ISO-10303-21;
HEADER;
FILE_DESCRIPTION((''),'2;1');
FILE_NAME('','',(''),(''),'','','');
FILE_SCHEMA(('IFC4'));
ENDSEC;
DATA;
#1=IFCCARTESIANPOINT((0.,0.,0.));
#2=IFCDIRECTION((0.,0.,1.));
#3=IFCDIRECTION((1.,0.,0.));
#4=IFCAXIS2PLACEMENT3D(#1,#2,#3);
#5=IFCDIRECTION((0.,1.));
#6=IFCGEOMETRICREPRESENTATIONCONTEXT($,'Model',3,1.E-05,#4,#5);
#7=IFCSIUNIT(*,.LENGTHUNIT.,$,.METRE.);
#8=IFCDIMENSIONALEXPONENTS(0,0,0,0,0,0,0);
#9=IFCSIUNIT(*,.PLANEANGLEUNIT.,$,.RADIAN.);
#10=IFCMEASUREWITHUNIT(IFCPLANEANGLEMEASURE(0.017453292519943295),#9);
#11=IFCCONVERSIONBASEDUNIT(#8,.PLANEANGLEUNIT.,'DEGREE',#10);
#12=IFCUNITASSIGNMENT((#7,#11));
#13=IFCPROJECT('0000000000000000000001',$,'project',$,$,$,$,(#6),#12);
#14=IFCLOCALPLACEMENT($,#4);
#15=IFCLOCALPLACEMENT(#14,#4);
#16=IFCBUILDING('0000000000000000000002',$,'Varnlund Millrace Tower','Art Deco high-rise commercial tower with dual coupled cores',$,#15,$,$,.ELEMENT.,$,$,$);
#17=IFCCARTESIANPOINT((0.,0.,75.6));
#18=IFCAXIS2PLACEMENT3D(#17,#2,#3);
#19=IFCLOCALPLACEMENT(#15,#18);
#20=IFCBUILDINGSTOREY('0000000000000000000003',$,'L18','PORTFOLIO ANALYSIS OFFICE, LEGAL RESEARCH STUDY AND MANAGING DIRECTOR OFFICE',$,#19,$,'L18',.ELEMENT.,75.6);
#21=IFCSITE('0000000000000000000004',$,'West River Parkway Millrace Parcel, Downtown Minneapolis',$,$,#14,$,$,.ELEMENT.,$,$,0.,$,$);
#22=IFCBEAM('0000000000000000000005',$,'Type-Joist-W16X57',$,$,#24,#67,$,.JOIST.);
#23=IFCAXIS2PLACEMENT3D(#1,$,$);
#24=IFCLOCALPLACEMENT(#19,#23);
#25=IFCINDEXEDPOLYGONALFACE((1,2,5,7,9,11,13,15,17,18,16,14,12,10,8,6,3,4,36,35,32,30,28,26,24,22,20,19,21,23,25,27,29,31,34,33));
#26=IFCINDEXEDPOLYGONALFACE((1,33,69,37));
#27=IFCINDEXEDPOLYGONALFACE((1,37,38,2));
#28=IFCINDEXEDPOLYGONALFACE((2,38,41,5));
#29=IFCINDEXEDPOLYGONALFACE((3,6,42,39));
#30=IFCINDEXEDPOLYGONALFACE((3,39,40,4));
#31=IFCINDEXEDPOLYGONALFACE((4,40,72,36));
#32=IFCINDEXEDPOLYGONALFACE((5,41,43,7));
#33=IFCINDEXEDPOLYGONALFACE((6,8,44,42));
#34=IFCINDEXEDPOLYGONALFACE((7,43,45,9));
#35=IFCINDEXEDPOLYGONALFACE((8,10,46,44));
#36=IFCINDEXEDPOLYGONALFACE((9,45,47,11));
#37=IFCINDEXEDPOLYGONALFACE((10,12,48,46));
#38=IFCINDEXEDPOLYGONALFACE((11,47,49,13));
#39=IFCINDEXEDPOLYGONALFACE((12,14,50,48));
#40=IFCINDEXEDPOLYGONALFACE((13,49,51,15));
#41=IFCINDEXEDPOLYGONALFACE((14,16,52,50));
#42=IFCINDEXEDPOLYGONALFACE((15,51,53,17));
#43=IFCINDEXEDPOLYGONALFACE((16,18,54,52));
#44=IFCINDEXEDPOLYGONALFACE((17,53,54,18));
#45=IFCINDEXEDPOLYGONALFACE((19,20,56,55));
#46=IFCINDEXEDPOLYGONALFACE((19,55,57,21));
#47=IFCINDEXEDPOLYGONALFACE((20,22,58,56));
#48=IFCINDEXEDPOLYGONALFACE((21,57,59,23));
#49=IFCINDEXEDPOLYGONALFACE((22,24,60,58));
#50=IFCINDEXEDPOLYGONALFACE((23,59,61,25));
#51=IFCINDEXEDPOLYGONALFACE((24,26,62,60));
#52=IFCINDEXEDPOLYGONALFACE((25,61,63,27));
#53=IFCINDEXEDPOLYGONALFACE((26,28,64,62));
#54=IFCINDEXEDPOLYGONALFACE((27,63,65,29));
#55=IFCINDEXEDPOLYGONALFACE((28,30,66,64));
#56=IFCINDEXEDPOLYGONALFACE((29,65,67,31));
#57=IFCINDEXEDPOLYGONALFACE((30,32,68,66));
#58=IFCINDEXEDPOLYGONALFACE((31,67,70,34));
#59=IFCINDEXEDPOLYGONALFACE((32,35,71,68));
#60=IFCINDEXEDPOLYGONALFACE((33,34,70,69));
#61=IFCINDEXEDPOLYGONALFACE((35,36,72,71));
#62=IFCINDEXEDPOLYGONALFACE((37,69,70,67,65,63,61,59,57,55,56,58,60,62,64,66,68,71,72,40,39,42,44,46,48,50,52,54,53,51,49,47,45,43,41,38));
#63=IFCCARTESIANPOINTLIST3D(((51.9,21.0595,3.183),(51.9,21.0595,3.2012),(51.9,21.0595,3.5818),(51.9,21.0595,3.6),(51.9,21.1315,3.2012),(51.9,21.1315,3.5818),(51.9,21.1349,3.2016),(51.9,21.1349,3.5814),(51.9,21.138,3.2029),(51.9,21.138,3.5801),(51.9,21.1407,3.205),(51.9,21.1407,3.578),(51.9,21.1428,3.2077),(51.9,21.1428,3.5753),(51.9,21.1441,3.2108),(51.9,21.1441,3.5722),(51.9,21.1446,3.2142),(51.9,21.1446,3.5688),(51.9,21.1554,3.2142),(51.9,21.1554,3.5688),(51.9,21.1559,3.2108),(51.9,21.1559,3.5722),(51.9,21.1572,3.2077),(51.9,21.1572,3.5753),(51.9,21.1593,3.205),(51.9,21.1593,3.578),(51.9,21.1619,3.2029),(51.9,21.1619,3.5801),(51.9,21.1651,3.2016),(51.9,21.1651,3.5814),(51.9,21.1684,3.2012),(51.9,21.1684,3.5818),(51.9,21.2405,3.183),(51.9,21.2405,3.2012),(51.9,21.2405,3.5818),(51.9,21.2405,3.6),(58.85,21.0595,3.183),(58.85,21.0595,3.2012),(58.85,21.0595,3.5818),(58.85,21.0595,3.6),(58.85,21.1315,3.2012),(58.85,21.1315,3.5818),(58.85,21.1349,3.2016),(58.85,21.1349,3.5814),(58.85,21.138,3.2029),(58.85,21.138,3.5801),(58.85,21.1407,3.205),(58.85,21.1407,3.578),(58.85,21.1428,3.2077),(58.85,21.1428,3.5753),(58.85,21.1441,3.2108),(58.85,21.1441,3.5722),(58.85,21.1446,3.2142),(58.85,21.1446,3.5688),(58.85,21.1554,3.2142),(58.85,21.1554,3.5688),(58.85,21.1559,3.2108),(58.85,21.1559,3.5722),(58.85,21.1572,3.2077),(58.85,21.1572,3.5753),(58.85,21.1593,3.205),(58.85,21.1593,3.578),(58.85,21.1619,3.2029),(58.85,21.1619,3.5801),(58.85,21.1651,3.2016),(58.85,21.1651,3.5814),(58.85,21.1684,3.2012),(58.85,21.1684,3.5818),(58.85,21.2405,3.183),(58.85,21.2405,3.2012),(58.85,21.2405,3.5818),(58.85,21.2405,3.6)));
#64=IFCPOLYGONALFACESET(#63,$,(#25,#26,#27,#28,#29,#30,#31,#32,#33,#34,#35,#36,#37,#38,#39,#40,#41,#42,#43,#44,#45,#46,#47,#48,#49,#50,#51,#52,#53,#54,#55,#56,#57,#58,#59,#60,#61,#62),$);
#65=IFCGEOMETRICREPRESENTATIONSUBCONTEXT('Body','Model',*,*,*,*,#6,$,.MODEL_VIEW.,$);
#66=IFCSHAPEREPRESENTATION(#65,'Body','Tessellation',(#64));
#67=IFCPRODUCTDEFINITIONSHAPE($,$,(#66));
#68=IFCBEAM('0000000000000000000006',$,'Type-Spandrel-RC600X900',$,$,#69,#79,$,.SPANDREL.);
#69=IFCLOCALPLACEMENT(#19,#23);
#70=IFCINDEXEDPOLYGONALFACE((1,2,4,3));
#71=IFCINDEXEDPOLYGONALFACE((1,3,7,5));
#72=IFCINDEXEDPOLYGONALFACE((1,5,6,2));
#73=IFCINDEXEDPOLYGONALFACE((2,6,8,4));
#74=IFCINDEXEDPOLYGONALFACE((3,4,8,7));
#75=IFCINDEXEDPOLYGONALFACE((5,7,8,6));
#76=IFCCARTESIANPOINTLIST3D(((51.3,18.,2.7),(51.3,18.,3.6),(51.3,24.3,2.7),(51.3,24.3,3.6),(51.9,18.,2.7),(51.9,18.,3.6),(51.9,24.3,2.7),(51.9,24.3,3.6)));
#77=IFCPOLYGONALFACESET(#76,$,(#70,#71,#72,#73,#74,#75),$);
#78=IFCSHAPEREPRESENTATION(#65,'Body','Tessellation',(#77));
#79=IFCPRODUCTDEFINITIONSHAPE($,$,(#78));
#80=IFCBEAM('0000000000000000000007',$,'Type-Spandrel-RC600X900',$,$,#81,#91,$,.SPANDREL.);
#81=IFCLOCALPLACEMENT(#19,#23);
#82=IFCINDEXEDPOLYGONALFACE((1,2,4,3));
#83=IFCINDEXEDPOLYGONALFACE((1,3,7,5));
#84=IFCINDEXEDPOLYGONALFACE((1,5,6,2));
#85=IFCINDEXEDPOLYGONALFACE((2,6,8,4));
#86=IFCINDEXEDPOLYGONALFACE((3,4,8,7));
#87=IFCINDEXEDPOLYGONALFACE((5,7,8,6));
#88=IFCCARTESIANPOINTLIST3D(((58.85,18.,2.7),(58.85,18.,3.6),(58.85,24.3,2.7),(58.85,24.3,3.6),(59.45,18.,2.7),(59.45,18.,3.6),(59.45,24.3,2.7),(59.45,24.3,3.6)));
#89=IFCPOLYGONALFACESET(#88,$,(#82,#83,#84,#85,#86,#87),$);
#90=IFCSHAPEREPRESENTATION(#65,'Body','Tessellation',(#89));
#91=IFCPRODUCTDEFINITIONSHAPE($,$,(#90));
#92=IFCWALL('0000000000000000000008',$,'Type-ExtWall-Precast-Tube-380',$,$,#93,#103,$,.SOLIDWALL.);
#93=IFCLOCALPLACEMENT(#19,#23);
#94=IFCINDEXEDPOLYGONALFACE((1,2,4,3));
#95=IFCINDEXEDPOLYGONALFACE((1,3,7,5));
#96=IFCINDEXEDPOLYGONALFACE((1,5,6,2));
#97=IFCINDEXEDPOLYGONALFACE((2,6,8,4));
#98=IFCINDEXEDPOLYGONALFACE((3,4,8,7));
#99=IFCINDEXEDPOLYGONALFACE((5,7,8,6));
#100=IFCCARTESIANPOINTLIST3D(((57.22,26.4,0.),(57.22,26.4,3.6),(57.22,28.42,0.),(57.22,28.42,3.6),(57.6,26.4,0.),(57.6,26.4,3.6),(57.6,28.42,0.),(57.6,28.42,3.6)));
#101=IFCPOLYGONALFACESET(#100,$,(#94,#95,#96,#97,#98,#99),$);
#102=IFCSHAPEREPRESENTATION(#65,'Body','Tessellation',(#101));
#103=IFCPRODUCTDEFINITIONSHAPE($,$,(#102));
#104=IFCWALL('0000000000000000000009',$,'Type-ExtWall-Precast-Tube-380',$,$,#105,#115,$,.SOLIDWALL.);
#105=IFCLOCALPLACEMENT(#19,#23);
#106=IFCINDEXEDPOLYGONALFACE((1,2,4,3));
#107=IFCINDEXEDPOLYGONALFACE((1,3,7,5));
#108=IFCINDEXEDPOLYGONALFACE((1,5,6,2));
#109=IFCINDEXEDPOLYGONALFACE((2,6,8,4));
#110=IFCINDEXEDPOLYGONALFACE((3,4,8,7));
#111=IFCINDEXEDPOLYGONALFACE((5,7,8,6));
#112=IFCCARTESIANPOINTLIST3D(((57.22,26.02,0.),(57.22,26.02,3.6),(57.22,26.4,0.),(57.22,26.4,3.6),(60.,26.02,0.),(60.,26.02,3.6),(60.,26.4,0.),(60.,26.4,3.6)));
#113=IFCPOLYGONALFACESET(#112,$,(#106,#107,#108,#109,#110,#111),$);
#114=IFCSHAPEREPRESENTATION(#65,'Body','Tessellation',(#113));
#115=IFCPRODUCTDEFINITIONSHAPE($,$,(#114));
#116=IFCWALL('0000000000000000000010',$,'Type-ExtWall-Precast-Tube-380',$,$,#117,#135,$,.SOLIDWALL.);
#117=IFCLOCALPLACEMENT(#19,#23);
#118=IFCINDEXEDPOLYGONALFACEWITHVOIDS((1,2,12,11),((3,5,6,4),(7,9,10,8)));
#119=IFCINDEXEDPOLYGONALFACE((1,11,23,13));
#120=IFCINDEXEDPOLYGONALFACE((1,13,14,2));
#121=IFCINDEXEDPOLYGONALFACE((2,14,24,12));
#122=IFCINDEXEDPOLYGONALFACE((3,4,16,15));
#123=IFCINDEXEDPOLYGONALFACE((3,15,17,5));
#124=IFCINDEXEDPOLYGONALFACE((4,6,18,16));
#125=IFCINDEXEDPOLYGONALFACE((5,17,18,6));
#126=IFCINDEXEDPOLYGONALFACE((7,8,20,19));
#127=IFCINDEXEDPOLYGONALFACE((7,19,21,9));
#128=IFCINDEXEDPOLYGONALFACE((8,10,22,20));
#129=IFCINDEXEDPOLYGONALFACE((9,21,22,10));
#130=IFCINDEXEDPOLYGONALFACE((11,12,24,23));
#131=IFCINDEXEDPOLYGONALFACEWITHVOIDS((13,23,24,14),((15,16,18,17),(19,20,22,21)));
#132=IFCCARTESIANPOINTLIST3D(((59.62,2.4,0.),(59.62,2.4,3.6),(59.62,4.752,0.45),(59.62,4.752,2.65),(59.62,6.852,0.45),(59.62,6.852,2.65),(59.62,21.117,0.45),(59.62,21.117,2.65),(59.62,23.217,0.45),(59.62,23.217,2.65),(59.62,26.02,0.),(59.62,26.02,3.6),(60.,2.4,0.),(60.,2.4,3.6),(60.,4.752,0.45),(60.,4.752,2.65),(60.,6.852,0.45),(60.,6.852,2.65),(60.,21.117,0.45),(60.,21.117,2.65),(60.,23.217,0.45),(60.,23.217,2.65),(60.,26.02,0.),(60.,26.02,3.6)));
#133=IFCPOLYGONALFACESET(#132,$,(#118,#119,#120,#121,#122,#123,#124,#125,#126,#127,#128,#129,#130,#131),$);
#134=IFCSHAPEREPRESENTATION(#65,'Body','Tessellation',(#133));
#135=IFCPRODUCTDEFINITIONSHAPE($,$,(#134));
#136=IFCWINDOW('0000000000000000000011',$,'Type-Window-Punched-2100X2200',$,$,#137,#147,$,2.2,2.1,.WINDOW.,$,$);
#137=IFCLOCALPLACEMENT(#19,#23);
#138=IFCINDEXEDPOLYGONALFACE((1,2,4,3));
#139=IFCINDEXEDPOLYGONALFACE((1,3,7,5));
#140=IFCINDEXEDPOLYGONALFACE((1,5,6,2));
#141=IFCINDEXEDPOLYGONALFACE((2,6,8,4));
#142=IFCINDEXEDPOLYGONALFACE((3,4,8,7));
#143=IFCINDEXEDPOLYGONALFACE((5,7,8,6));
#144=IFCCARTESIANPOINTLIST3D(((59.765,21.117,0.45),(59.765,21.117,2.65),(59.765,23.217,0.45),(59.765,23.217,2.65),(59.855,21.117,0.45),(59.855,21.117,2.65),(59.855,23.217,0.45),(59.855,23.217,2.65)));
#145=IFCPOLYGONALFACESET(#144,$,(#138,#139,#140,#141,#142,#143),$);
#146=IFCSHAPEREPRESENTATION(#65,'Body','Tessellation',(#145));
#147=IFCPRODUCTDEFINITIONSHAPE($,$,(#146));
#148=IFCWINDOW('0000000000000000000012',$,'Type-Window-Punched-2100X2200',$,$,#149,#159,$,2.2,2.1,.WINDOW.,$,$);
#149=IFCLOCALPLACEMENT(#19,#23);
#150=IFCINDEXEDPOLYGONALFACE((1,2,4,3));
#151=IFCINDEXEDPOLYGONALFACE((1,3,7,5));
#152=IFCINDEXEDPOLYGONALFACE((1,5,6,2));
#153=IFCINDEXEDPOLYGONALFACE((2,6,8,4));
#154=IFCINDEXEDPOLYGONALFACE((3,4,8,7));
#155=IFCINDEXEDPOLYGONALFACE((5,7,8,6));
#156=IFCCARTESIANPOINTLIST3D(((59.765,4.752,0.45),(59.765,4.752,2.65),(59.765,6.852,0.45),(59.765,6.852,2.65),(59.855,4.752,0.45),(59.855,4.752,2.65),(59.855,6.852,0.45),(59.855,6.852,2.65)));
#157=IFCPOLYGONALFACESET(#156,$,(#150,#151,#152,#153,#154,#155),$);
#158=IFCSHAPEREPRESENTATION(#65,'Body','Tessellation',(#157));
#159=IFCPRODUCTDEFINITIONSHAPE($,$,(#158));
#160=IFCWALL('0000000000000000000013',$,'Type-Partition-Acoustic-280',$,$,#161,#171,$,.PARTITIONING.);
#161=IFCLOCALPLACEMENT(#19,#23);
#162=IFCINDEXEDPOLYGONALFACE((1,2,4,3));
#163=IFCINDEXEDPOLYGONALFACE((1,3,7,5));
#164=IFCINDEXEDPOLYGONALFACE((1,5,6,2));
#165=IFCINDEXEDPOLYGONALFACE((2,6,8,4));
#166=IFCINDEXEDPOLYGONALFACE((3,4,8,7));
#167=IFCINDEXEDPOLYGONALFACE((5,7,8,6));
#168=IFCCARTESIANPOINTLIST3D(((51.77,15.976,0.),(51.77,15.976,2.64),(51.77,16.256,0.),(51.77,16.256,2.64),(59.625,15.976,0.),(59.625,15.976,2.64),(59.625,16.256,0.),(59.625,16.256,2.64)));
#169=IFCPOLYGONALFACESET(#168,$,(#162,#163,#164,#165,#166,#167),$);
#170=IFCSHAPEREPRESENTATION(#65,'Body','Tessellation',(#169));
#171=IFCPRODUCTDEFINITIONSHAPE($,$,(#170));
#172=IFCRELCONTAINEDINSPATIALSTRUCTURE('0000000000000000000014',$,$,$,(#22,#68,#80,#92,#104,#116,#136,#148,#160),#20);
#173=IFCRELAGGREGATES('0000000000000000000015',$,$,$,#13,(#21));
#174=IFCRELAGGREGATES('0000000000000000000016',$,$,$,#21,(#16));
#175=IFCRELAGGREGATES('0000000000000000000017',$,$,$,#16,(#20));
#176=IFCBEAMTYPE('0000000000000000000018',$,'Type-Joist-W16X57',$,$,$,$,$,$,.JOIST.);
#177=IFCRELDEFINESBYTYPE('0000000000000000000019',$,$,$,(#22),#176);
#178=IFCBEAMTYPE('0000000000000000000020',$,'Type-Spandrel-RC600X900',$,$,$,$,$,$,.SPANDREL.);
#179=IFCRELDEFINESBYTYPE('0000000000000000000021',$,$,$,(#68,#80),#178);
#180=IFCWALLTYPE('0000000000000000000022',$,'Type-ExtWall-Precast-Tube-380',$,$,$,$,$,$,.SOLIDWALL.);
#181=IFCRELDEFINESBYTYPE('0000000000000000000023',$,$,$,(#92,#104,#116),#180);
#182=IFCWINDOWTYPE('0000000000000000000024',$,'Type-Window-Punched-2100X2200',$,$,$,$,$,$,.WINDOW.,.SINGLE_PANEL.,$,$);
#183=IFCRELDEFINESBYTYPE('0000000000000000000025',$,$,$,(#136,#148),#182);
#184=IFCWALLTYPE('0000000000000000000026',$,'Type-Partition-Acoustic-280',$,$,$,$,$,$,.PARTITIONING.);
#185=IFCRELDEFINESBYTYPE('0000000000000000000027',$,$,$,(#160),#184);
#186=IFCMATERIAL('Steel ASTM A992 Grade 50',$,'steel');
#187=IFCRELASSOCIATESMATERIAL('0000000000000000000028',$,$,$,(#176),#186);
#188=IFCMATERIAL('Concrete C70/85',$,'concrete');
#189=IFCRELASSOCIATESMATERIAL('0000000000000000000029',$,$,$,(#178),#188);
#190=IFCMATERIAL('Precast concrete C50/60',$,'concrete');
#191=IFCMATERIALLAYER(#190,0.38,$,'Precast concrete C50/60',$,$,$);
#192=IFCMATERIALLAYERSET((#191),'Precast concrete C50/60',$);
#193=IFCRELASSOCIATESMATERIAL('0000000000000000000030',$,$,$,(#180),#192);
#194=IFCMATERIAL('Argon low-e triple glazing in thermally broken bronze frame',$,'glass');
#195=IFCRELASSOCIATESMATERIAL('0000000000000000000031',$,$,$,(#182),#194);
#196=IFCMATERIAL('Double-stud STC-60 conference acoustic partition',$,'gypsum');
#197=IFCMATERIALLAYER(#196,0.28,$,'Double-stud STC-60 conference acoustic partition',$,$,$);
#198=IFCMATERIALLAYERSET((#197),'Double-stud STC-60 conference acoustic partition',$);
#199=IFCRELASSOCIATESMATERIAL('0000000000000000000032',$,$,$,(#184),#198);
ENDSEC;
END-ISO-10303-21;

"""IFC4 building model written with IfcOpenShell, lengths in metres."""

from ifc_helpers import new_model, entity, si_unit, converted_unit, direction, frame, origin_with_axes, origin_2d_with_axis, place, context, subcontext, project, spatial, polyline, rectangle, i_section, outline, extrude, material, layer, layer_set, material_profile, profile_set, type_object, element, fill, save


model = new_model("IFC4")

# Units and contexts
model_context = context("Model", 3, precision=1e-05, world=origin_with_axes(), true_north=direction((0.0, 1.0)))
body_context = subcontext(model_context, "Body", "Model", "MODEL_VIEW")
ifc_project = project(units=[si_unit("LENGTHUNIT", "METRE"), converted_unit("PLANEANGLEUNIT", "DEGREE", entity("IfcPlaneAngleMeasure", 0.017453292519943295), si_unit("PLANEANGLEUNIT", "RADIAN"), dimensions=[0, 0, 0, 0, 0, 0, 0])], contexts=[model_context])

# Site, building, storey
site_placement = place(None, origin_with_axes())
site = spatial("IfcSite", under=ifc_project, at=site_placement, Name="West River Parkway Millrace Parcel, Downtown Minneapolis", CompositionType="ELEMENT", RefElevation=0.0)
building_placement = place(site_placement, origin_with_axes())
building = spatial("IfcBuilding", under=site, at=building_placement, Name="Varnlund Millrace Tower", Description="Art Deco high-rise commercial tower with dual coupled cores", CompositionType="ELEMENT")
storey_placement = place(building_placement, frame((0.0, 0.0, 75.6), z_axis=(0.0, 0.0, 1.0), x_axis=(1.0, 0.0, 0.0)))
storey = spatial("IfcBuildingStorey", under=building, at=storey_placement, Name="L18", Description="PORTFOLIO ANALYSIS OFFICE, LEGAL RESEARCH STUDY AND MANAGING DIRECTOR OFFICE", LongName="L18", CompositionType="ELEMENT", Elevation=75.6)

# Beams
ifc_material_1 = material(Name="Steel ASTM A992 Grade 50", Category="steel")
ifc_material_profile_1 = material_profile(ifc_material_1, i_section(OverallWidth=0.181, OverallDepth=0.417, WebThickness=0.0109, FlangeThickness=0.0182, FilletRadius=0.013, at=origin_2d_with_axis()), Name="Steel ASTM A992 Grade 50")
ifc_profile_set_1 = profile_set([ifc_material_profile_1], Name="Steel ASTM A992 Grade 50")
beam_type_1 = type_object("IfcBeamType", Name="Type-Joist-W16X57", PredefinedType="JOIST", material=ifc_profile_set_1)
for number, where, z_axis, x_axis, name in (
    (1, (51.9, 21.15, 3.3915), (1.0, 0.0, 0.0), (0.0, 1.0, 0.0), "Type-Joist-W16X57"),
):
    element("IfcBeam", number, at=place(storey_placement, frame(where, z_axis=z_axis, x_axis=x_axis)), inside=storey, type_object=beam_type_1, Name=name, PredefinedType="JOIST", context=body_context, shape_type="SweptSolid", body=[
        extrude(i_section(OverallWidth=0.181, OverallDepth=0.417, WebThickness=0.0109, FlangeThickness=0.0182, FilletRadius=0.013, at=origin_2d_with_axis()), origin_with_axes(), (0.0, 0.0, 1.0), 6.95),
    ])
ifc_material_2 = material(Name="Concrete C70/85", Category="concrete")
ifc_material_profile_2 = material_profile(ifc_material_2, rectangle(XDim=0.6, YDim=0.9, at=origin_2d_with_axis()), Name="Concrete C70/85")
ifc_profile_set_2 = profile_set([ifc_material_profile_2], Name="Concrete C70/85")
beam_type_2 = type_object("IfcBeamType", Name="Type-Spandrel-RC600X900", PredefinedType="SPANDREL", material=ifc_profile_set_2)
for number, where, z_axis, x_axis, name in (
    (2, (51.6, 18.0, 3.15), (0.0, 1.0, 0.0), (-1.0, 0.0, 0.0), "Type-Spandrel-RC600X900"),
    (3, (59.15, 18.0, 3.15), (0.0, 1.0, 0.0), (-1.0, 0.0, 0.0), "Type-Spandrel-RC600X900"),
):
    element("IfcBeam", number, at=place(storey_placement, frame(where, z_axis=z_axis, x_axis=x_axis)), inside=storey, type_object=beam_type_2, Name=name, PredefinedType="SPANDREL", context=body_context, shape_type="SweptSolid", body=[
        extrude(rectangle(XDim=0.6, YDim=0.9, at=origin_2d_with_axis()), origin_with_axes(), (0.0, 0.0, 1.0), 6.3),
    ])

# Walls
ifc_material_3 = material(Name="Precast concrete C50/60", Category="concrete")
ifc_layer_1 = layer(ifc_material_3, 0.38, Name="Precast concrete C50/60")
ifc_layer_set_1 = layer_set([ifc_layer_1], Name="Precast concrete C50/60")
wall_type_1 = type_object("IfcWallType", Name="Type-ExtWall-Precast-Tube-380", PredefinedType="SOLIDWALL", material=ifc_layer_set_1)
wall_1_placement = place(storey_placement, frame((57.41, 28.42, 0.0), z_axis=(0.0, 0.0, 1.0), x_axis=(0.0, -1.0, 0.0)))
element("IfcWall", 4, at=wall_1_placement, inside=storey, type_object=wall_type_1, Name="Type-ExtWall-Precast-Tube-380", PredefinedType="SOLIDWALL", context=body_context, shape_type="SweptSolid", body=[
    extrude(outline(polyline([(0.0, -0.19), (2.02, -0.19), (2.02, 0.19), (0.0, 0.19), (0.0, -0.19)])), origin_with_axes(), (0.0, 0.0, 1.0), 3.6),
])
wall_2_placement = place(storey_placement, frame((57.22, 26.21, 0.0), z_axis=(0.0, 0.0, 1.0), x_axis=(1.0, 0.0, 0.0)))
element("IfcWall", 5, at=wall_2_placement, inside=storey, type_object=wall_type_1, Name="Type-ExtWall-Precast-Tube-380", PredefinedType="SOLIDWALL", context=body_context, shape_type="SweptSolid", body=[
    extrude(outline(polyline([(0.0, -0.19), (2.78, -0.19), (2.78, 0.19), (0.0, 0.19), (0.0, -0.19)])), origin_with_axes(), (0.0, 0.0, 1.0), 3.6),
])

# Wall, openings, windows
wall_3_placement = place(storey_placement, frame((59.81, 26.02, 0.0), z_axis=(0.0, 0.0, 1.0), x_axis=(0.0, -1.0, 0.0)))
wall_3 = element("IfcWall", 6, at=wall_3_placement, inside=storey, type_object=wall_type_1, Name="Type-ExtWall-Precast-Tube-380", PredefinedType="SOLIDWALL", context=body_context, shape_type="SweptSolid", body=[
    extrude(outline(polyline([(0.0, -0.19), (23.62, -0.19), (23.62, 0.19), (0.0, 0.19), (0.0, -0.19)])), origin_with_axes(), (0.0, 0.0, 1.0), 3.6),
])
opening_1_placement = place(wall_3_placement, frame((3.853, 0.0, 0.45), z_axis=(0.0, 0.0, 1.0), x_axis=(1.0, 0.0, 0.0)))
opening_1 = element("IfcOpeningElement", 7, at=opening_1_placement, cuts=wall_3, PredefinedType="OPENING", context=body_context, shape_type="SweptSolid", body=[
    extrude(rectangle(XDim=2.1, YDim=0.4, at=origin_2d_with_axis()), origin_with_axes(), (0.0, 0.0, 1.0), 2.2),
])
opening_2_placement = place(wall_3_placement, frame((20.218, 0.0, 0.45), z_axis=(0.0, 0.0, 1.0), x_axis=(1.0, 0.0, 0.0)))
opening_2 = element("IfcOpeningElement", 8, at=opening_2_placement, cuts=wall_3, PredefinedType="OPENING", context=body_context, shape_type="SweptSolid", body=[
    extrude(rectangle(XDim=2.1, YDim=0.4, at=origin_2d_with_axis()), origin_with_axes(), (0.0, 0.0, 1.0), 2.2),
])
ifc_material_4 = material(Name="Argon low-e triple glazing in thermally broken bronze frame", Category="glass")
window_type = type_object("IfcWindowType", Name="Type-Window-Punched-2100X2200", PartitioningType="SINGLE_PANEL", PredefinedType="WINDOW", material=ifc_material_4)
window_1_placement = place(wall_3_placement, frame((3.853, 0.0, 0.45), z_axis=(0.0, 0.0, 1.0), x_axis=(1.0, 0.0, 0.0)))
window_1 = element("IfcWindow", 9, at=window_1_placement, inside=storey, type_object=window_type, Name="Type-Window-Punched-2100X2200", OverallHeight=2.2, OverallWidth=2.1, PredefinedType="WINDOW", context=body_context, shape_type="SweptSolid", body=[
    extrude(rectangle(XDim=2.1, YDim=0.09, at=origin_2d_with_axis()), origin_with_axes(), (0.0, 0.0, 1.0), 2.2),
])
fill(opening_1, window_1)
window_2_placement = place(wall_3_placement, frame((20.218, 0.0, 0.45), z_axis=(0.0, 0.0, 1.0), x_axis=(1.0, 0.0, 0.0)))
window_2 = element("IfcWindow", 10, at=window_2_placement, inside=storey, type_object=window_type, Name="Type-Window-Punched-2100X2200", OverallHeight=2.2, OverallWidth=2.1, PredefinedType="WINDOW", context=body_context, shape_type="SweptSolid", body=[
    extrude(rectangle(XDim=2.1, YDim=0.09, at=origin_2d_with_axis()), origin_with_axes(), (0.0, 0.0, 1.0), 2.2),
])
fill(opening_2, window_2)

# Wall
ifc_material_5 = material(Name="Double-stud STC-60 conference acoustic partition", Category="gypsum")
ifc_layer_2 = layer(ifc_material_5, 0.28, Name="Double-stud STC-60 conference acoustic partition")
ifc_layer_set_2 = layer_set([ifc_layer_2], Name="Double-stud STC-60 conference acoustic partition")
wall_type_2 = type_object("IfcWallType", Name="Type-Partition-Acoustic-280", PredefinedType="PARTITIONING", material=ifc_layer_set_2)
wall_4_placement = place(storey_placement, frame((51.77, 16.116, 0.0), z_axis=(0.0, 0.0, 1.0), x_axis=(1.0, 0.0, 0.0)))
element("IfcWall", 11, at=wall_4_placement, inside=storey, type_object=wall_type_2, Name="Type-Partition-Acoustic-280", PredefinedType="PARTITIONING", context=body_context, shape_type="SweptSolid", body=[
    extrude(outline(polyline([(0.0, -0.14), (7.855, -0.14), (7.855, 0.14), (0.0, 0.14), (0.0, -0.14)])), origin_with_axes(), (0.0, 0.0, 1.0), 2.64),
])

save(model, "model.ifc")
